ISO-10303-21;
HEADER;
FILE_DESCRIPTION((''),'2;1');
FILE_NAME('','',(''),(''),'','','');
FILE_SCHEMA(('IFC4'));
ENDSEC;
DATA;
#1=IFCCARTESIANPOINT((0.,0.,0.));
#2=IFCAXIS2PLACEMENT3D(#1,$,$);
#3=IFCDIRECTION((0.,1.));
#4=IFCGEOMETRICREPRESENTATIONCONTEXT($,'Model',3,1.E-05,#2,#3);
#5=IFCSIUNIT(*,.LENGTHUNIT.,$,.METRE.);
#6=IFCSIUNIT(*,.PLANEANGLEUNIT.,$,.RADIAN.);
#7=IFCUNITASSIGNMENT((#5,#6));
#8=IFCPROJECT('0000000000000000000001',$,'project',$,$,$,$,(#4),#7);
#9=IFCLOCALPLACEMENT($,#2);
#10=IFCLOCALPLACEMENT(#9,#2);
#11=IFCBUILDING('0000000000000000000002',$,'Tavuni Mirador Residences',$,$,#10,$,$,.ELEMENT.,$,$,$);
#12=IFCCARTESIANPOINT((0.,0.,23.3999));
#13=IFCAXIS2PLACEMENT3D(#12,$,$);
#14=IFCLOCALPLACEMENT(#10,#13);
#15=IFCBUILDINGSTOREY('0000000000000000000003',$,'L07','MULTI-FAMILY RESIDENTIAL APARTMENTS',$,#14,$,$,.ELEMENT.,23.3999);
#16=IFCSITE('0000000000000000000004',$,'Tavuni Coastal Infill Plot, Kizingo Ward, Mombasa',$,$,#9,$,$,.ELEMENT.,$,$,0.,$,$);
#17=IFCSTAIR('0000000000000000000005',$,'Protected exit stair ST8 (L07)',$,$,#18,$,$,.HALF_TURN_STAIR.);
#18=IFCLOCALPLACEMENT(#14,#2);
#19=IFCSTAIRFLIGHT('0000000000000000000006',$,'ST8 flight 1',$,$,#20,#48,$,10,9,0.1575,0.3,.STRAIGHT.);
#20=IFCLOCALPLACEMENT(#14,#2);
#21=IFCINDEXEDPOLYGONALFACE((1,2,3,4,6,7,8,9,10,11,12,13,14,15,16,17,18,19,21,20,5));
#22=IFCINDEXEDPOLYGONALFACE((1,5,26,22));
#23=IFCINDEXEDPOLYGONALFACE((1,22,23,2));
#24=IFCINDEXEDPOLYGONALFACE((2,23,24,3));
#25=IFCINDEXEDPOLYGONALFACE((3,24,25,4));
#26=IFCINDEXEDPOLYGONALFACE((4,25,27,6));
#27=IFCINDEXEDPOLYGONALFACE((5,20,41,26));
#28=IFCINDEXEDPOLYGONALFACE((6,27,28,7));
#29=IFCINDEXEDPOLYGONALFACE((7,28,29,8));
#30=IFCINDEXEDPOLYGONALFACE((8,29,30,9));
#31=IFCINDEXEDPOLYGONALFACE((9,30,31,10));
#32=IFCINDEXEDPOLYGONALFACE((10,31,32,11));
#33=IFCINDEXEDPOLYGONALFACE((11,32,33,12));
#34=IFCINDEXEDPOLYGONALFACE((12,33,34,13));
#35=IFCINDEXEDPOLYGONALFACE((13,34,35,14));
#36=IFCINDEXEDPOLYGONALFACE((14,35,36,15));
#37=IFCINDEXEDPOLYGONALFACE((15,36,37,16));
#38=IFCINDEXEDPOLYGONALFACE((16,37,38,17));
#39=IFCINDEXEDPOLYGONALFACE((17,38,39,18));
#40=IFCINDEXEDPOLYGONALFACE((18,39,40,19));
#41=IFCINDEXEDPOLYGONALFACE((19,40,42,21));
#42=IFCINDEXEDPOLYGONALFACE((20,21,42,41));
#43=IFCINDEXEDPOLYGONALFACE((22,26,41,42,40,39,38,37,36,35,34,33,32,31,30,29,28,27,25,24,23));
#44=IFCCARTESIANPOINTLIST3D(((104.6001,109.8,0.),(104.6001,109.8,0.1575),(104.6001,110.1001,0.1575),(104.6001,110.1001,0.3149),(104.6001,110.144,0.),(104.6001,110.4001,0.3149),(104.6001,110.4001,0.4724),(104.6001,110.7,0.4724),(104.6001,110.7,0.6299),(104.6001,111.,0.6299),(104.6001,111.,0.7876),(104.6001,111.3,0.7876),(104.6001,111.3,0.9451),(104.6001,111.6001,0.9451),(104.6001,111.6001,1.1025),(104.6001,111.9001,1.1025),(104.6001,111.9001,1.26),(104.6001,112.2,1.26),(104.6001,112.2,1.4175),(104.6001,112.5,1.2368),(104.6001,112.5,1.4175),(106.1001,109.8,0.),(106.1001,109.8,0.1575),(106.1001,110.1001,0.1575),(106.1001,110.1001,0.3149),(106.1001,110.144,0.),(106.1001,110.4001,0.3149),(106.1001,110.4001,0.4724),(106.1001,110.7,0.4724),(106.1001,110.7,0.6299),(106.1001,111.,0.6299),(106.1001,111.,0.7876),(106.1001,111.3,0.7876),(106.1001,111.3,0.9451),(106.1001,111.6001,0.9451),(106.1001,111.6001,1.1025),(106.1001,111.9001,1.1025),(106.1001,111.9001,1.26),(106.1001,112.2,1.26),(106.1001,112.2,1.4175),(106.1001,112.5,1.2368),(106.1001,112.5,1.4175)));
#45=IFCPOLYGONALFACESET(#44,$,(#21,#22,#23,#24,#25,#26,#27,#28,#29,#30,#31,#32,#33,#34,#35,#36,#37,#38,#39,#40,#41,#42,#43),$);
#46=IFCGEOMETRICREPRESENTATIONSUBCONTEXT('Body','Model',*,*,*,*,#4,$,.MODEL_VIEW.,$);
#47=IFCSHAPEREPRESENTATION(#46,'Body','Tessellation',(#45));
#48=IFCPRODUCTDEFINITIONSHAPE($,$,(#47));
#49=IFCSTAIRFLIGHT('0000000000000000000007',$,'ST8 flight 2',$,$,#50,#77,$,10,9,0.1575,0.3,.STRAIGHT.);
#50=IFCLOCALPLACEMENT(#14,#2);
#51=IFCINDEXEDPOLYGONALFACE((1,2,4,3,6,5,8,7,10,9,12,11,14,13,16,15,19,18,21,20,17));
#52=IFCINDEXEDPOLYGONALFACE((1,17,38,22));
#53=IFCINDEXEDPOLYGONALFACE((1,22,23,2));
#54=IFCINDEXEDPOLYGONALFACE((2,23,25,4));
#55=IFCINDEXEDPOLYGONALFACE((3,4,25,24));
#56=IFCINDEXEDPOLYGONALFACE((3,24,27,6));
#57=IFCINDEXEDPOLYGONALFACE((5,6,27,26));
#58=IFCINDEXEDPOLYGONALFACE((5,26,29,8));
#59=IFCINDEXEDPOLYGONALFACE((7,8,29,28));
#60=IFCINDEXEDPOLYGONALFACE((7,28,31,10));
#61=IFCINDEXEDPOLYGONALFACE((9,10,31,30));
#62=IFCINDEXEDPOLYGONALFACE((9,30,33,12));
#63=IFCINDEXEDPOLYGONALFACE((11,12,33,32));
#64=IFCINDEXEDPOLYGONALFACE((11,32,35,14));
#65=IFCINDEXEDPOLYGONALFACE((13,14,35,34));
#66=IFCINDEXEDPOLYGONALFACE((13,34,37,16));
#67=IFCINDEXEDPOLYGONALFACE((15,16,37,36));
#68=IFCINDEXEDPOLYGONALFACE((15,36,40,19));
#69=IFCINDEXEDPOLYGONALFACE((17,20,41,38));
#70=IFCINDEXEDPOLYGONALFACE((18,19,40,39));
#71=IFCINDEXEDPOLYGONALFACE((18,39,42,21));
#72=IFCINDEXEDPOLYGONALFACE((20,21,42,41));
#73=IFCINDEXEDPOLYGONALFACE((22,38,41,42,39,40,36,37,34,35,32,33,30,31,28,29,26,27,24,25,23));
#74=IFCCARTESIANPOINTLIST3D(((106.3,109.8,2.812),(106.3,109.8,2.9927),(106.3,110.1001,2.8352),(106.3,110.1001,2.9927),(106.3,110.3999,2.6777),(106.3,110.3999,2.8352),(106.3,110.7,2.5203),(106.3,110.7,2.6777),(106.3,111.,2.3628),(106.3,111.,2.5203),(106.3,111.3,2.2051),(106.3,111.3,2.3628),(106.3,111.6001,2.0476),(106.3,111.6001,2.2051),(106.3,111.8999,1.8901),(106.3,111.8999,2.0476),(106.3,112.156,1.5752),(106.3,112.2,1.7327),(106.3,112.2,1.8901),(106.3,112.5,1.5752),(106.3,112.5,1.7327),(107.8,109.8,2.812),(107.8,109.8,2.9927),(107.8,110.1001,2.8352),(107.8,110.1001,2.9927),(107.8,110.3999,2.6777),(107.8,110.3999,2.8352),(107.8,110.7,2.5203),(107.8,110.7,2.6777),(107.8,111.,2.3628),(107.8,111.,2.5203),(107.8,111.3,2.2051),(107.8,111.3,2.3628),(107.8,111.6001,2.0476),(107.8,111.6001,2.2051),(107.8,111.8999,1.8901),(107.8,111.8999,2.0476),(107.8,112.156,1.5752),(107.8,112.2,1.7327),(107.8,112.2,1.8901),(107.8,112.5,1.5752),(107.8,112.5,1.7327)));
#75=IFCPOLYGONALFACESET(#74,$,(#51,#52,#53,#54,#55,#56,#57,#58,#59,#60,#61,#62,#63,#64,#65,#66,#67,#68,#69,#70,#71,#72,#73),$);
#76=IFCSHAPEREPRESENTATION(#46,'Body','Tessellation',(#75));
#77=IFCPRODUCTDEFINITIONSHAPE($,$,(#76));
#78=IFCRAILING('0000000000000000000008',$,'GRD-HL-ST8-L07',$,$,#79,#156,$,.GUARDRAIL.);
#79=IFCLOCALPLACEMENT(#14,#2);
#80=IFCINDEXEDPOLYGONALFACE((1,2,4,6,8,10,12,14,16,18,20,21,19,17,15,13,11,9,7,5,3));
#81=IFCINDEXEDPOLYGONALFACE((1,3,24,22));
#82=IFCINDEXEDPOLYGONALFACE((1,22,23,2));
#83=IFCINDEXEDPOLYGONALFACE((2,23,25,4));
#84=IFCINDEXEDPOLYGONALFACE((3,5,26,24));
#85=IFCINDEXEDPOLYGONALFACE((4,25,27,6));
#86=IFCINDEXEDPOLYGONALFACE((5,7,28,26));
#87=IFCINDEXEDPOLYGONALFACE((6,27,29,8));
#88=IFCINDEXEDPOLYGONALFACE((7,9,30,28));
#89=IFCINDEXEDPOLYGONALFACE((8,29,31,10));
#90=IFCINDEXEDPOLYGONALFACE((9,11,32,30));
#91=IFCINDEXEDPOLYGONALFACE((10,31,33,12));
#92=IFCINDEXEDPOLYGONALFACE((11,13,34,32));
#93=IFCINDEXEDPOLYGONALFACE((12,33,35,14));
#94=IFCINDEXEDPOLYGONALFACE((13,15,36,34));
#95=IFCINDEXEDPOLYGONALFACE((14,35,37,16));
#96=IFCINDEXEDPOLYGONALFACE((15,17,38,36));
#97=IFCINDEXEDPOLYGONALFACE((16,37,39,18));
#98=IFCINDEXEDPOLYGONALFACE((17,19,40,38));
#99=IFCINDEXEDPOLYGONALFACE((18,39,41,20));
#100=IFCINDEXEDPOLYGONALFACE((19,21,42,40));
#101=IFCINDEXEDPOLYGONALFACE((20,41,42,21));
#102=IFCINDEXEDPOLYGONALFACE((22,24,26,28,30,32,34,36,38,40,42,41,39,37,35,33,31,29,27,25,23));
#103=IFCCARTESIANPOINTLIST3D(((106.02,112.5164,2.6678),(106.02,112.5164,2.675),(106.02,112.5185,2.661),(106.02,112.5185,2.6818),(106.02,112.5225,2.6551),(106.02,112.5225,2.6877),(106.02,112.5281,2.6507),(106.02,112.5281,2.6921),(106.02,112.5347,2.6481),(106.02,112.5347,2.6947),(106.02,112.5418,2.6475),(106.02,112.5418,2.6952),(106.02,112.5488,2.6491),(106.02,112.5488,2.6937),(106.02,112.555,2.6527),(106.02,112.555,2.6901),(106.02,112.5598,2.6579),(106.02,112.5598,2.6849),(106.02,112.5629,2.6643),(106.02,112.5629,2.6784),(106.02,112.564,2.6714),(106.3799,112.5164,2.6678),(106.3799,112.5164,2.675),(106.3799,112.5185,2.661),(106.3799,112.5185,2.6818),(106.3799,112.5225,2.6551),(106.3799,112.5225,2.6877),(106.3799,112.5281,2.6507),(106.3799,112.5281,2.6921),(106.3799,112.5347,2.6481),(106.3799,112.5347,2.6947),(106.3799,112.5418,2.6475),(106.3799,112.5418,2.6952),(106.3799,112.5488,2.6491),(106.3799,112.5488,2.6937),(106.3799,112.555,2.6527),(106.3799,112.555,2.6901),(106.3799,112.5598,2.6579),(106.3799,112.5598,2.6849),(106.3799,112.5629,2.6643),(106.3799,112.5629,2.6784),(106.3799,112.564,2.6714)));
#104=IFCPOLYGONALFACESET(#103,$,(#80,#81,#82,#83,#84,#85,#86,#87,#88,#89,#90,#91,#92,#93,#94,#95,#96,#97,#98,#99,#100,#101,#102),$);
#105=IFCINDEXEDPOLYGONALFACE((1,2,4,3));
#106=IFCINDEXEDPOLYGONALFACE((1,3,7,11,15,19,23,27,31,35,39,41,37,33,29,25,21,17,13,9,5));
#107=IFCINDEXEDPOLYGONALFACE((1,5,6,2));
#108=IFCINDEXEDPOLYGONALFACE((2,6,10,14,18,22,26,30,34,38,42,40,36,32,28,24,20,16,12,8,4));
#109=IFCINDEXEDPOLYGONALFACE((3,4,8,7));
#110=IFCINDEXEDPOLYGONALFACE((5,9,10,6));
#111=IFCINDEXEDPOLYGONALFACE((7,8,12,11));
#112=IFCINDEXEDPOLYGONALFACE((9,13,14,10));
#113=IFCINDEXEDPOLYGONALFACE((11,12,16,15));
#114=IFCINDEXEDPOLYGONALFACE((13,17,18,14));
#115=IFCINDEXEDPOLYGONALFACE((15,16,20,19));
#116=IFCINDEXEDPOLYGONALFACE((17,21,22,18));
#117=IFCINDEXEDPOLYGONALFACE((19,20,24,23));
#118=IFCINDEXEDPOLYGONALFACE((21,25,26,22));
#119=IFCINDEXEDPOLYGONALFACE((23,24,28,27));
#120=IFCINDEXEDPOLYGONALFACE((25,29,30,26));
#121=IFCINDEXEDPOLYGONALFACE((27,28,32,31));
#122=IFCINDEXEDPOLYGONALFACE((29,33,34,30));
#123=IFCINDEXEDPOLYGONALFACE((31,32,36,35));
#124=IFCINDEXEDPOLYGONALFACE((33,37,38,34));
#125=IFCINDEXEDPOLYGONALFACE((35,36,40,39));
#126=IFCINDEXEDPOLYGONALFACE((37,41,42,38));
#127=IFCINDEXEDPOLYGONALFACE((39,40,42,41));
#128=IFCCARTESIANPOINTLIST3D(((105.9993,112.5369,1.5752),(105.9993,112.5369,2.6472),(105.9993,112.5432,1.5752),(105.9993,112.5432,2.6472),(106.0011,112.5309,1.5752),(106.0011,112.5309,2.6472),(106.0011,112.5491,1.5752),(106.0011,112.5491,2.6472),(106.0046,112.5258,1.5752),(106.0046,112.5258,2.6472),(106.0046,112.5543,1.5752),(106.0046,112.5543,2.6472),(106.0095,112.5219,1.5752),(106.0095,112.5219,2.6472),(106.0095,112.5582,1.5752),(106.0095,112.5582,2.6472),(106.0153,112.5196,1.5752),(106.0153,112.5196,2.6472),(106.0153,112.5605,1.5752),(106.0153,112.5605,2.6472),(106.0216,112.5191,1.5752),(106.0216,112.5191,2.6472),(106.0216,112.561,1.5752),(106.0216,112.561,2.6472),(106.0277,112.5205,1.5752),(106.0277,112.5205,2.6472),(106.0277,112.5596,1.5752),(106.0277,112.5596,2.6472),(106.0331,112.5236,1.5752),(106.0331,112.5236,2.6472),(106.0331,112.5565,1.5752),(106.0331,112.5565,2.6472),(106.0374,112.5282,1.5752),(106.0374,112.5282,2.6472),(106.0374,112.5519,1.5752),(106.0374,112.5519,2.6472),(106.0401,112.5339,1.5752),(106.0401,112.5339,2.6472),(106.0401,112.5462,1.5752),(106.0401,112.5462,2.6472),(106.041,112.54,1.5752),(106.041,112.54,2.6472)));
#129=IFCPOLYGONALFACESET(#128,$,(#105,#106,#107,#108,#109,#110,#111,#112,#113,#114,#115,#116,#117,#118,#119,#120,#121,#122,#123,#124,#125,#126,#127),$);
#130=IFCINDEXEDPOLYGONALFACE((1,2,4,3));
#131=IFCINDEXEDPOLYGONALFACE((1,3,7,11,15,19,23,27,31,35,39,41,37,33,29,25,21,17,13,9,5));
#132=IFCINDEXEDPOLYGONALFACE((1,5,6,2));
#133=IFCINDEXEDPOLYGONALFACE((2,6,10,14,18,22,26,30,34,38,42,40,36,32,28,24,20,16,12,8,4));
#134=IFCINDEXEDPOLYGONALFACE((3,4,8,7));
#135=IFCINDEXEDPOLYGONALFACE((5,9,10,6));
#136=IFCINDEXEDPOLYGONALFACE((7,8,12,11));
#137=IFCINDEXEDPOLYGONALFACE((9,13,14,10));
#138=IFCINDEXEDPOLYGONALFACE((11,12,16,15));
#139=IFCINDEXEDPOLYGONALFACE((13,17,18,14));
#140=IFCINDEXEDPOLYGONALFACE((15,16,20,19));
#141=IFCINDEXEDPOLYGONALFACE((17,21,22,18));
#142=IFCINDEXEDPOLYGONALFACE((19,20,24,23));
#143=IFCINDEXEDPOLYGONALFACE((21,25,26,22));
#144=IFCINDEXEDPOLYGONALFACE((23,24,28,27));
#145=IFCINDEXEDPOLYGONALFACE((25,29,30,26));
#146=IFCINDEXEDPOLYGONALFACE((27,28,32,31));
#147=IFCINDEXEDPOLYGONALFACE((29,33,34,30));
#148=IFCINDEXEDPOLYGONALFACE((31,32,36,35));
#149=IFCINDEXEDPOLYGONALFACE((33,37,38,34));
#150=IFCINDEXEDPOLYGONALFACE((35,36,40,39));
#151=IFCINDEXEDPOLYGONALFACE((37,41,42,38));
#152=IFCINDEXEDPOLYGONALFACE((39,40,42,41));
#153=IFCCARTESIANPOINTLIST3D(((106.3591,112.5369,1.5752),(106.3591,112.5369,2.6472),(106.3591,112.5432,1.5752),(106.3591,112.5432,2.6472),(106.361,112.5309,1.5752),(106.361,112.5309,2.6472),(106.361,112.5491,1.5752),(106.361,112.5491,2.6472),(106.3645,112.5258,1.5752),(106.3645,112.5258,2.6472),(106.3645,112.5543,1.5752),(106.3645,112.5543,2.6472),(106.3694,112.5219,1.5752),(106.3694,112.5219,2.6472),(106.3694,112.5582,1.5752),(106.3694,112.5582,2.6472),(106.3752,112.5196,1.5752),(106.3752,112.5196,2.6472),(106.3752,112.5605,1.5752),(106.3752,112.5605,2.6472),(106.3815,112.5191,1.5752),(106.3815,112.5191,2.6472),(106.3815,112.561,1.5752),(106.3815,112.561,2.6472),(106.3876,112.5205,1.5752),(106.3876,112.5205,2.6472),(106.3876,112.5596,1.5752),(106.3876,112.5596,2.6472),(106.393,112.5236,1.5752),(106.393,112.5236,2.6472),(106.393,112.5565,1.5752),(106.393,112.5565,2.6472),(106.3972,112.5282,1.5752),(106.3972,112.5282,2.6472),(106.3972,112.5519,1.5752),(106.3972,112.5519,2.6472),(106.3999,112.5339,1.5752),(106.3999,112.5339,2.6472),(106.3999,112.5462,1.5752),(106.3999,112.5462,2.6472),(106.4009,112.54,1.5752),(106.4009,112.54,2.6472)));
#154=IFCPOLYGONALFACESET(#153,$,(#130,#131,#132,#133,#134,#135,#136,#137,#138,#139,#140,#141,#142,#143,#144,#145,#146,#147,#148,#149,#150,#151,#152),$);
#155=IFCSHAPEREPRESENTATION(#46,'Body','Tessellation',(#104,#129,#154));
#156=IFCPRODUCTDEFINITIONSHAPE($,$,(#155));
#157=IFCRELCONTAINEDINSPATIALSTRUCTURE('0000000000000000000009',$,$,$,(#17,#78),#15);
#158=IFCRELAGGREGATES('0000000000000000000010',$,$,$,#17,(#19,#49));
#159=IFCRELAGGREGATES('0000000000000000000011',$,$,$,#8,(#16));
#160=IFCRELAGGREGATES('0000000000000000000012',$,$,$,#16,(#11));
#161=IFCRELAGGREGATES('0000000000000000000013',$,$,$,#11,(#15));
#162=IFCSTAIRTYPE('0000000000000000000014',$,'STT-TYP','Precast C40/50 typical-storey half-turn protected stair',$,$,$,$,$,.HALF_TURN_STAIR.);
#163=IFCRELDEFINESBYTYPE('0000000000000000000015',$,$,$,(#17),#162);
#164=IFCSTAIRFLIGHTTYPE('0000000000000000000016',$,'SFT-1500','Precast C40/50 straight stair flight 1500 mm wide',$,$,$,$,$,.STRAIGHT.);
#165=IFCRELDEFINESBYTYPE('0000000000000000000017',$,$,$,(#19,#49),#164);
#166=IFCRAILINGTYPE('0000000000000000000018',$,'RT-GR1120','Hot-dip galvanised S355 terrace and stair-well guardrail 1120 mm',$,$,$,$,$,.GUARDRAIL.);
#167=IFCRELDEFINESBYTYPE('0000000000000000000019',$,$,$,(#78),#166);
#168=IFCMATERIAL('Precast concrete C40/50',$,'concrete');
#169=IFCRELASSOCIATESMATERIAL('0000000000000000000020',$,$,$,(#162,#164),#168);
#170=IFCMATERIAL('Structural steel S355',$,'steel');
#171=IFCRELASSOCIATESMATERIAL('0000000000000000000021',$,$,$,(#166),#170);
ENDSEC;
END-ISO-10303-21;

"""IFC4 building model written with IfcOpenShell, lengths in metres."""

from ifc_helpers import new_model, si_unit, direction, frame, origin, origin_2d, place, context, subcontext, project, spatial, polyline, circle, outline, extrude, material, type_object, element, aggregate, save


model = new_model("IFC4")

# Units and contexts
model_context = context("Model", 3, precision=1e-05, world=origin(), true_north=direction((0.0, 1.0)))
body_context = subcontext(model_context, "Body", "Model", "MODEL_VIEW")
ifc_project = project(units=[si_unit("LENGTHUNIT", "METRE"), si_unit("PLANEANGLEUNIT", "RADIAN")], contexts=[model_context])

# Site, building, storey
site_placement = place(None, origin())
site = spatial("IfcSite", under=ifc_project, at=site_placement, Name="Tavuni Coastal Infill Plot, Kizingo Ward, Mombasa", CompositionType="ELEMENT", RefElevation=0.0)
building_placement = place(site_placement, origin())
building = spatial("IfcBuilding", under=site, at=building_placement, Name="Tavuni Mirador Residences", CompositionType="ELEMENT")
storey_placement = place(building_placement, frame((0.0, 0.0, 23.3999)))
storey = spatial("IfcBuildingStorey", under=building, at=storey_placement, Name="L07", Description="MULTI-FAMILY RESIDENTIAL APARTMENTS", CompositionType="ELEMENT", Elevation=23.3999)

# Shared definitions
ifc_material_1 = material(Name="Precast concrete C40/50", Category="concrete")

# Shared definitions
ifc_material_2 = material(Name="Structural steel S355", Category="steel")

# Stair, stair flights
stair_type = type_object("IfcStairType", Name="STT-TYP", Description="Precast C40/50 typical-storey half-turn protected stair", PredefinedType="HALF_TURN_STAIR", material=ifc_material_1)
stair_placement = place(storey_placement, origin())
stair = element("IfcStair", 1, at=stair_placement, inside=storey, type_object=stair_type, Name="Protected exit stair ST8 (L07)", PredefinedType="HALF_TURN_STAIR")
stair_flight_type = type_object("IfcStairFlightType", Name="SFT-1500", Description="Precast C40/50 straight stair flight 1500 mm wide", PredefinedType="STRAIGHT", material=ifc_material_1)
stair_flight_1_placement = place(storey_placement, frame((105.3501, 109.8, 0.0), z_axis=(0.0, 0.0, 1.0), x_axis=(0.0, 1.0, 0.0)))
stair_flight_1 = element("IfcStairFlight", 2, at=stair_flight_1_placement, type_object=stair_flight_type, Name="ST8 flight 1", NumberOfRisers=10, NumberOfTreads=9, PredefinedType="STRAIGHT", RiserHeight=0.1575, TreadLength=0.3, context=body_context, shape_type="SweptSolid", body=[
    extrude(outline(polyline([(0.0, 0.0), (0.0, 0.1575), (0.3, 0.1575), (0.3, 0.3149), (0.6001, 0.3149), (0.6001, 0.4724), (0.8999, 0.4724), (0.8999, 0.6299), (1.2, 0.6299), (1.2, 0.7876), (1.5, 0.7876), (1.5, 0.9451), (1.8, 0.9451), (1.8, 1.1025), (2.1001, 1.1025), (2.1001, 1.26), (2.3999, 1.26), (2.3999, 1.4175), (2.7, 1.4175), (2.7, 1.575), (2.7, 1.2368), (0.344, 0.0), (0.0, 0.0)])), frame((0.0, 0.75, 0.0), z_axis=(0.0, -1.0, 0.0), x_axis=(1.0, 0.0, 0.0)), (0.0, 0.0, 1.0), 1.5),
])
stair_flight_2_placement = place(storey_placement, frame((107.05, 112.5, 1.5752), z_axis=(0.0, 0.0, 1.0), x_axis=(0.0, -1.0, 0.0)))
stair_flight_2 = element("IfcStairFlight", 3, at=stair_flight_2_placement, type_object=stair_flight_type, Name="ST8 flight 2", NumberOfRisers=10, NumberOfTreads=9, PredefinedType="STRAIGHT", RiserHeight=0.1575, TreadLength=0.3, context=body_context, shape_type="SweptSolid", body=[
    extrude(outline(polyline([(0.0, 0.0), (0.0, 0.1575), (0.3, 0.1575), (0.3, 0.3149), (0.6001, 0.3149), (0.6001, 0.4724), (0.8999, 0.4724), (0.8999, 0.6299), (1.2, 0.6299), (1.2, 0.7876), (1.5, 0.7876), (1.5, 0.9451), (1.8, 0.9451), (1.8, 1.1025), (2.1001, 1.1025), (2.1001, 1.26), (2.3999, 1.26), (2.3999, 1.4175), (2.7, 1.4175), (2.7, 1.575), (2.7, 1.2368), (0.344, 0.0), (0.0, 0.0)])), frame((0.0, 0.75, 0.0), z_axis=(0.0, -1.0, 0.0), x_axis=(1.0, 0.0, 0.0)), (0.0, 0.0, 1.0), 1.5),
])
aggregate(stair, [stair_flight_1, stair_flight_2])

# Railing
railing_type_1 = type_object("IfcRailingType", Name="RT-GR1120", Description="Hot-dip galvanised S355 terrace and stair-well guardrail 1120 mm", PredefinedType="GUARDRAIL", material=ifc_material_2)
railing_1_placement = place(storey_placement, frame((106.02, 112.54, 1.5752)))
element("IfcRailing", 4, at=railing_1_placement, inside=storey, type_object=railing_type_1, Name="GRD-HL-ST8-L07", PredefinedType="GUARDRAIL", context=body_context, shape_type="SweptSolid", body=[
    extrude(circle(Radius=0.0239, at=origin_2d()), frame((0.0, 0.0, 1.0962), z_axis=(1.0, 0.0, 0.0), x_axis=(0.0, 1.0, 0.0)), (0.0, 0.0, 1.0), 0.3599),
    extrude(circle(Radius=0.021, at=origin_2d()), origin(), (0.0, 0.0, 1.0), 1.072),
    extrude(circle(Radius=0.021, at=origin_2d()), frame((0.3599, 0.0, 0.0)), (0.0, 0.0, 1.0), 1.072),
])

save(model, "model.ifc")
